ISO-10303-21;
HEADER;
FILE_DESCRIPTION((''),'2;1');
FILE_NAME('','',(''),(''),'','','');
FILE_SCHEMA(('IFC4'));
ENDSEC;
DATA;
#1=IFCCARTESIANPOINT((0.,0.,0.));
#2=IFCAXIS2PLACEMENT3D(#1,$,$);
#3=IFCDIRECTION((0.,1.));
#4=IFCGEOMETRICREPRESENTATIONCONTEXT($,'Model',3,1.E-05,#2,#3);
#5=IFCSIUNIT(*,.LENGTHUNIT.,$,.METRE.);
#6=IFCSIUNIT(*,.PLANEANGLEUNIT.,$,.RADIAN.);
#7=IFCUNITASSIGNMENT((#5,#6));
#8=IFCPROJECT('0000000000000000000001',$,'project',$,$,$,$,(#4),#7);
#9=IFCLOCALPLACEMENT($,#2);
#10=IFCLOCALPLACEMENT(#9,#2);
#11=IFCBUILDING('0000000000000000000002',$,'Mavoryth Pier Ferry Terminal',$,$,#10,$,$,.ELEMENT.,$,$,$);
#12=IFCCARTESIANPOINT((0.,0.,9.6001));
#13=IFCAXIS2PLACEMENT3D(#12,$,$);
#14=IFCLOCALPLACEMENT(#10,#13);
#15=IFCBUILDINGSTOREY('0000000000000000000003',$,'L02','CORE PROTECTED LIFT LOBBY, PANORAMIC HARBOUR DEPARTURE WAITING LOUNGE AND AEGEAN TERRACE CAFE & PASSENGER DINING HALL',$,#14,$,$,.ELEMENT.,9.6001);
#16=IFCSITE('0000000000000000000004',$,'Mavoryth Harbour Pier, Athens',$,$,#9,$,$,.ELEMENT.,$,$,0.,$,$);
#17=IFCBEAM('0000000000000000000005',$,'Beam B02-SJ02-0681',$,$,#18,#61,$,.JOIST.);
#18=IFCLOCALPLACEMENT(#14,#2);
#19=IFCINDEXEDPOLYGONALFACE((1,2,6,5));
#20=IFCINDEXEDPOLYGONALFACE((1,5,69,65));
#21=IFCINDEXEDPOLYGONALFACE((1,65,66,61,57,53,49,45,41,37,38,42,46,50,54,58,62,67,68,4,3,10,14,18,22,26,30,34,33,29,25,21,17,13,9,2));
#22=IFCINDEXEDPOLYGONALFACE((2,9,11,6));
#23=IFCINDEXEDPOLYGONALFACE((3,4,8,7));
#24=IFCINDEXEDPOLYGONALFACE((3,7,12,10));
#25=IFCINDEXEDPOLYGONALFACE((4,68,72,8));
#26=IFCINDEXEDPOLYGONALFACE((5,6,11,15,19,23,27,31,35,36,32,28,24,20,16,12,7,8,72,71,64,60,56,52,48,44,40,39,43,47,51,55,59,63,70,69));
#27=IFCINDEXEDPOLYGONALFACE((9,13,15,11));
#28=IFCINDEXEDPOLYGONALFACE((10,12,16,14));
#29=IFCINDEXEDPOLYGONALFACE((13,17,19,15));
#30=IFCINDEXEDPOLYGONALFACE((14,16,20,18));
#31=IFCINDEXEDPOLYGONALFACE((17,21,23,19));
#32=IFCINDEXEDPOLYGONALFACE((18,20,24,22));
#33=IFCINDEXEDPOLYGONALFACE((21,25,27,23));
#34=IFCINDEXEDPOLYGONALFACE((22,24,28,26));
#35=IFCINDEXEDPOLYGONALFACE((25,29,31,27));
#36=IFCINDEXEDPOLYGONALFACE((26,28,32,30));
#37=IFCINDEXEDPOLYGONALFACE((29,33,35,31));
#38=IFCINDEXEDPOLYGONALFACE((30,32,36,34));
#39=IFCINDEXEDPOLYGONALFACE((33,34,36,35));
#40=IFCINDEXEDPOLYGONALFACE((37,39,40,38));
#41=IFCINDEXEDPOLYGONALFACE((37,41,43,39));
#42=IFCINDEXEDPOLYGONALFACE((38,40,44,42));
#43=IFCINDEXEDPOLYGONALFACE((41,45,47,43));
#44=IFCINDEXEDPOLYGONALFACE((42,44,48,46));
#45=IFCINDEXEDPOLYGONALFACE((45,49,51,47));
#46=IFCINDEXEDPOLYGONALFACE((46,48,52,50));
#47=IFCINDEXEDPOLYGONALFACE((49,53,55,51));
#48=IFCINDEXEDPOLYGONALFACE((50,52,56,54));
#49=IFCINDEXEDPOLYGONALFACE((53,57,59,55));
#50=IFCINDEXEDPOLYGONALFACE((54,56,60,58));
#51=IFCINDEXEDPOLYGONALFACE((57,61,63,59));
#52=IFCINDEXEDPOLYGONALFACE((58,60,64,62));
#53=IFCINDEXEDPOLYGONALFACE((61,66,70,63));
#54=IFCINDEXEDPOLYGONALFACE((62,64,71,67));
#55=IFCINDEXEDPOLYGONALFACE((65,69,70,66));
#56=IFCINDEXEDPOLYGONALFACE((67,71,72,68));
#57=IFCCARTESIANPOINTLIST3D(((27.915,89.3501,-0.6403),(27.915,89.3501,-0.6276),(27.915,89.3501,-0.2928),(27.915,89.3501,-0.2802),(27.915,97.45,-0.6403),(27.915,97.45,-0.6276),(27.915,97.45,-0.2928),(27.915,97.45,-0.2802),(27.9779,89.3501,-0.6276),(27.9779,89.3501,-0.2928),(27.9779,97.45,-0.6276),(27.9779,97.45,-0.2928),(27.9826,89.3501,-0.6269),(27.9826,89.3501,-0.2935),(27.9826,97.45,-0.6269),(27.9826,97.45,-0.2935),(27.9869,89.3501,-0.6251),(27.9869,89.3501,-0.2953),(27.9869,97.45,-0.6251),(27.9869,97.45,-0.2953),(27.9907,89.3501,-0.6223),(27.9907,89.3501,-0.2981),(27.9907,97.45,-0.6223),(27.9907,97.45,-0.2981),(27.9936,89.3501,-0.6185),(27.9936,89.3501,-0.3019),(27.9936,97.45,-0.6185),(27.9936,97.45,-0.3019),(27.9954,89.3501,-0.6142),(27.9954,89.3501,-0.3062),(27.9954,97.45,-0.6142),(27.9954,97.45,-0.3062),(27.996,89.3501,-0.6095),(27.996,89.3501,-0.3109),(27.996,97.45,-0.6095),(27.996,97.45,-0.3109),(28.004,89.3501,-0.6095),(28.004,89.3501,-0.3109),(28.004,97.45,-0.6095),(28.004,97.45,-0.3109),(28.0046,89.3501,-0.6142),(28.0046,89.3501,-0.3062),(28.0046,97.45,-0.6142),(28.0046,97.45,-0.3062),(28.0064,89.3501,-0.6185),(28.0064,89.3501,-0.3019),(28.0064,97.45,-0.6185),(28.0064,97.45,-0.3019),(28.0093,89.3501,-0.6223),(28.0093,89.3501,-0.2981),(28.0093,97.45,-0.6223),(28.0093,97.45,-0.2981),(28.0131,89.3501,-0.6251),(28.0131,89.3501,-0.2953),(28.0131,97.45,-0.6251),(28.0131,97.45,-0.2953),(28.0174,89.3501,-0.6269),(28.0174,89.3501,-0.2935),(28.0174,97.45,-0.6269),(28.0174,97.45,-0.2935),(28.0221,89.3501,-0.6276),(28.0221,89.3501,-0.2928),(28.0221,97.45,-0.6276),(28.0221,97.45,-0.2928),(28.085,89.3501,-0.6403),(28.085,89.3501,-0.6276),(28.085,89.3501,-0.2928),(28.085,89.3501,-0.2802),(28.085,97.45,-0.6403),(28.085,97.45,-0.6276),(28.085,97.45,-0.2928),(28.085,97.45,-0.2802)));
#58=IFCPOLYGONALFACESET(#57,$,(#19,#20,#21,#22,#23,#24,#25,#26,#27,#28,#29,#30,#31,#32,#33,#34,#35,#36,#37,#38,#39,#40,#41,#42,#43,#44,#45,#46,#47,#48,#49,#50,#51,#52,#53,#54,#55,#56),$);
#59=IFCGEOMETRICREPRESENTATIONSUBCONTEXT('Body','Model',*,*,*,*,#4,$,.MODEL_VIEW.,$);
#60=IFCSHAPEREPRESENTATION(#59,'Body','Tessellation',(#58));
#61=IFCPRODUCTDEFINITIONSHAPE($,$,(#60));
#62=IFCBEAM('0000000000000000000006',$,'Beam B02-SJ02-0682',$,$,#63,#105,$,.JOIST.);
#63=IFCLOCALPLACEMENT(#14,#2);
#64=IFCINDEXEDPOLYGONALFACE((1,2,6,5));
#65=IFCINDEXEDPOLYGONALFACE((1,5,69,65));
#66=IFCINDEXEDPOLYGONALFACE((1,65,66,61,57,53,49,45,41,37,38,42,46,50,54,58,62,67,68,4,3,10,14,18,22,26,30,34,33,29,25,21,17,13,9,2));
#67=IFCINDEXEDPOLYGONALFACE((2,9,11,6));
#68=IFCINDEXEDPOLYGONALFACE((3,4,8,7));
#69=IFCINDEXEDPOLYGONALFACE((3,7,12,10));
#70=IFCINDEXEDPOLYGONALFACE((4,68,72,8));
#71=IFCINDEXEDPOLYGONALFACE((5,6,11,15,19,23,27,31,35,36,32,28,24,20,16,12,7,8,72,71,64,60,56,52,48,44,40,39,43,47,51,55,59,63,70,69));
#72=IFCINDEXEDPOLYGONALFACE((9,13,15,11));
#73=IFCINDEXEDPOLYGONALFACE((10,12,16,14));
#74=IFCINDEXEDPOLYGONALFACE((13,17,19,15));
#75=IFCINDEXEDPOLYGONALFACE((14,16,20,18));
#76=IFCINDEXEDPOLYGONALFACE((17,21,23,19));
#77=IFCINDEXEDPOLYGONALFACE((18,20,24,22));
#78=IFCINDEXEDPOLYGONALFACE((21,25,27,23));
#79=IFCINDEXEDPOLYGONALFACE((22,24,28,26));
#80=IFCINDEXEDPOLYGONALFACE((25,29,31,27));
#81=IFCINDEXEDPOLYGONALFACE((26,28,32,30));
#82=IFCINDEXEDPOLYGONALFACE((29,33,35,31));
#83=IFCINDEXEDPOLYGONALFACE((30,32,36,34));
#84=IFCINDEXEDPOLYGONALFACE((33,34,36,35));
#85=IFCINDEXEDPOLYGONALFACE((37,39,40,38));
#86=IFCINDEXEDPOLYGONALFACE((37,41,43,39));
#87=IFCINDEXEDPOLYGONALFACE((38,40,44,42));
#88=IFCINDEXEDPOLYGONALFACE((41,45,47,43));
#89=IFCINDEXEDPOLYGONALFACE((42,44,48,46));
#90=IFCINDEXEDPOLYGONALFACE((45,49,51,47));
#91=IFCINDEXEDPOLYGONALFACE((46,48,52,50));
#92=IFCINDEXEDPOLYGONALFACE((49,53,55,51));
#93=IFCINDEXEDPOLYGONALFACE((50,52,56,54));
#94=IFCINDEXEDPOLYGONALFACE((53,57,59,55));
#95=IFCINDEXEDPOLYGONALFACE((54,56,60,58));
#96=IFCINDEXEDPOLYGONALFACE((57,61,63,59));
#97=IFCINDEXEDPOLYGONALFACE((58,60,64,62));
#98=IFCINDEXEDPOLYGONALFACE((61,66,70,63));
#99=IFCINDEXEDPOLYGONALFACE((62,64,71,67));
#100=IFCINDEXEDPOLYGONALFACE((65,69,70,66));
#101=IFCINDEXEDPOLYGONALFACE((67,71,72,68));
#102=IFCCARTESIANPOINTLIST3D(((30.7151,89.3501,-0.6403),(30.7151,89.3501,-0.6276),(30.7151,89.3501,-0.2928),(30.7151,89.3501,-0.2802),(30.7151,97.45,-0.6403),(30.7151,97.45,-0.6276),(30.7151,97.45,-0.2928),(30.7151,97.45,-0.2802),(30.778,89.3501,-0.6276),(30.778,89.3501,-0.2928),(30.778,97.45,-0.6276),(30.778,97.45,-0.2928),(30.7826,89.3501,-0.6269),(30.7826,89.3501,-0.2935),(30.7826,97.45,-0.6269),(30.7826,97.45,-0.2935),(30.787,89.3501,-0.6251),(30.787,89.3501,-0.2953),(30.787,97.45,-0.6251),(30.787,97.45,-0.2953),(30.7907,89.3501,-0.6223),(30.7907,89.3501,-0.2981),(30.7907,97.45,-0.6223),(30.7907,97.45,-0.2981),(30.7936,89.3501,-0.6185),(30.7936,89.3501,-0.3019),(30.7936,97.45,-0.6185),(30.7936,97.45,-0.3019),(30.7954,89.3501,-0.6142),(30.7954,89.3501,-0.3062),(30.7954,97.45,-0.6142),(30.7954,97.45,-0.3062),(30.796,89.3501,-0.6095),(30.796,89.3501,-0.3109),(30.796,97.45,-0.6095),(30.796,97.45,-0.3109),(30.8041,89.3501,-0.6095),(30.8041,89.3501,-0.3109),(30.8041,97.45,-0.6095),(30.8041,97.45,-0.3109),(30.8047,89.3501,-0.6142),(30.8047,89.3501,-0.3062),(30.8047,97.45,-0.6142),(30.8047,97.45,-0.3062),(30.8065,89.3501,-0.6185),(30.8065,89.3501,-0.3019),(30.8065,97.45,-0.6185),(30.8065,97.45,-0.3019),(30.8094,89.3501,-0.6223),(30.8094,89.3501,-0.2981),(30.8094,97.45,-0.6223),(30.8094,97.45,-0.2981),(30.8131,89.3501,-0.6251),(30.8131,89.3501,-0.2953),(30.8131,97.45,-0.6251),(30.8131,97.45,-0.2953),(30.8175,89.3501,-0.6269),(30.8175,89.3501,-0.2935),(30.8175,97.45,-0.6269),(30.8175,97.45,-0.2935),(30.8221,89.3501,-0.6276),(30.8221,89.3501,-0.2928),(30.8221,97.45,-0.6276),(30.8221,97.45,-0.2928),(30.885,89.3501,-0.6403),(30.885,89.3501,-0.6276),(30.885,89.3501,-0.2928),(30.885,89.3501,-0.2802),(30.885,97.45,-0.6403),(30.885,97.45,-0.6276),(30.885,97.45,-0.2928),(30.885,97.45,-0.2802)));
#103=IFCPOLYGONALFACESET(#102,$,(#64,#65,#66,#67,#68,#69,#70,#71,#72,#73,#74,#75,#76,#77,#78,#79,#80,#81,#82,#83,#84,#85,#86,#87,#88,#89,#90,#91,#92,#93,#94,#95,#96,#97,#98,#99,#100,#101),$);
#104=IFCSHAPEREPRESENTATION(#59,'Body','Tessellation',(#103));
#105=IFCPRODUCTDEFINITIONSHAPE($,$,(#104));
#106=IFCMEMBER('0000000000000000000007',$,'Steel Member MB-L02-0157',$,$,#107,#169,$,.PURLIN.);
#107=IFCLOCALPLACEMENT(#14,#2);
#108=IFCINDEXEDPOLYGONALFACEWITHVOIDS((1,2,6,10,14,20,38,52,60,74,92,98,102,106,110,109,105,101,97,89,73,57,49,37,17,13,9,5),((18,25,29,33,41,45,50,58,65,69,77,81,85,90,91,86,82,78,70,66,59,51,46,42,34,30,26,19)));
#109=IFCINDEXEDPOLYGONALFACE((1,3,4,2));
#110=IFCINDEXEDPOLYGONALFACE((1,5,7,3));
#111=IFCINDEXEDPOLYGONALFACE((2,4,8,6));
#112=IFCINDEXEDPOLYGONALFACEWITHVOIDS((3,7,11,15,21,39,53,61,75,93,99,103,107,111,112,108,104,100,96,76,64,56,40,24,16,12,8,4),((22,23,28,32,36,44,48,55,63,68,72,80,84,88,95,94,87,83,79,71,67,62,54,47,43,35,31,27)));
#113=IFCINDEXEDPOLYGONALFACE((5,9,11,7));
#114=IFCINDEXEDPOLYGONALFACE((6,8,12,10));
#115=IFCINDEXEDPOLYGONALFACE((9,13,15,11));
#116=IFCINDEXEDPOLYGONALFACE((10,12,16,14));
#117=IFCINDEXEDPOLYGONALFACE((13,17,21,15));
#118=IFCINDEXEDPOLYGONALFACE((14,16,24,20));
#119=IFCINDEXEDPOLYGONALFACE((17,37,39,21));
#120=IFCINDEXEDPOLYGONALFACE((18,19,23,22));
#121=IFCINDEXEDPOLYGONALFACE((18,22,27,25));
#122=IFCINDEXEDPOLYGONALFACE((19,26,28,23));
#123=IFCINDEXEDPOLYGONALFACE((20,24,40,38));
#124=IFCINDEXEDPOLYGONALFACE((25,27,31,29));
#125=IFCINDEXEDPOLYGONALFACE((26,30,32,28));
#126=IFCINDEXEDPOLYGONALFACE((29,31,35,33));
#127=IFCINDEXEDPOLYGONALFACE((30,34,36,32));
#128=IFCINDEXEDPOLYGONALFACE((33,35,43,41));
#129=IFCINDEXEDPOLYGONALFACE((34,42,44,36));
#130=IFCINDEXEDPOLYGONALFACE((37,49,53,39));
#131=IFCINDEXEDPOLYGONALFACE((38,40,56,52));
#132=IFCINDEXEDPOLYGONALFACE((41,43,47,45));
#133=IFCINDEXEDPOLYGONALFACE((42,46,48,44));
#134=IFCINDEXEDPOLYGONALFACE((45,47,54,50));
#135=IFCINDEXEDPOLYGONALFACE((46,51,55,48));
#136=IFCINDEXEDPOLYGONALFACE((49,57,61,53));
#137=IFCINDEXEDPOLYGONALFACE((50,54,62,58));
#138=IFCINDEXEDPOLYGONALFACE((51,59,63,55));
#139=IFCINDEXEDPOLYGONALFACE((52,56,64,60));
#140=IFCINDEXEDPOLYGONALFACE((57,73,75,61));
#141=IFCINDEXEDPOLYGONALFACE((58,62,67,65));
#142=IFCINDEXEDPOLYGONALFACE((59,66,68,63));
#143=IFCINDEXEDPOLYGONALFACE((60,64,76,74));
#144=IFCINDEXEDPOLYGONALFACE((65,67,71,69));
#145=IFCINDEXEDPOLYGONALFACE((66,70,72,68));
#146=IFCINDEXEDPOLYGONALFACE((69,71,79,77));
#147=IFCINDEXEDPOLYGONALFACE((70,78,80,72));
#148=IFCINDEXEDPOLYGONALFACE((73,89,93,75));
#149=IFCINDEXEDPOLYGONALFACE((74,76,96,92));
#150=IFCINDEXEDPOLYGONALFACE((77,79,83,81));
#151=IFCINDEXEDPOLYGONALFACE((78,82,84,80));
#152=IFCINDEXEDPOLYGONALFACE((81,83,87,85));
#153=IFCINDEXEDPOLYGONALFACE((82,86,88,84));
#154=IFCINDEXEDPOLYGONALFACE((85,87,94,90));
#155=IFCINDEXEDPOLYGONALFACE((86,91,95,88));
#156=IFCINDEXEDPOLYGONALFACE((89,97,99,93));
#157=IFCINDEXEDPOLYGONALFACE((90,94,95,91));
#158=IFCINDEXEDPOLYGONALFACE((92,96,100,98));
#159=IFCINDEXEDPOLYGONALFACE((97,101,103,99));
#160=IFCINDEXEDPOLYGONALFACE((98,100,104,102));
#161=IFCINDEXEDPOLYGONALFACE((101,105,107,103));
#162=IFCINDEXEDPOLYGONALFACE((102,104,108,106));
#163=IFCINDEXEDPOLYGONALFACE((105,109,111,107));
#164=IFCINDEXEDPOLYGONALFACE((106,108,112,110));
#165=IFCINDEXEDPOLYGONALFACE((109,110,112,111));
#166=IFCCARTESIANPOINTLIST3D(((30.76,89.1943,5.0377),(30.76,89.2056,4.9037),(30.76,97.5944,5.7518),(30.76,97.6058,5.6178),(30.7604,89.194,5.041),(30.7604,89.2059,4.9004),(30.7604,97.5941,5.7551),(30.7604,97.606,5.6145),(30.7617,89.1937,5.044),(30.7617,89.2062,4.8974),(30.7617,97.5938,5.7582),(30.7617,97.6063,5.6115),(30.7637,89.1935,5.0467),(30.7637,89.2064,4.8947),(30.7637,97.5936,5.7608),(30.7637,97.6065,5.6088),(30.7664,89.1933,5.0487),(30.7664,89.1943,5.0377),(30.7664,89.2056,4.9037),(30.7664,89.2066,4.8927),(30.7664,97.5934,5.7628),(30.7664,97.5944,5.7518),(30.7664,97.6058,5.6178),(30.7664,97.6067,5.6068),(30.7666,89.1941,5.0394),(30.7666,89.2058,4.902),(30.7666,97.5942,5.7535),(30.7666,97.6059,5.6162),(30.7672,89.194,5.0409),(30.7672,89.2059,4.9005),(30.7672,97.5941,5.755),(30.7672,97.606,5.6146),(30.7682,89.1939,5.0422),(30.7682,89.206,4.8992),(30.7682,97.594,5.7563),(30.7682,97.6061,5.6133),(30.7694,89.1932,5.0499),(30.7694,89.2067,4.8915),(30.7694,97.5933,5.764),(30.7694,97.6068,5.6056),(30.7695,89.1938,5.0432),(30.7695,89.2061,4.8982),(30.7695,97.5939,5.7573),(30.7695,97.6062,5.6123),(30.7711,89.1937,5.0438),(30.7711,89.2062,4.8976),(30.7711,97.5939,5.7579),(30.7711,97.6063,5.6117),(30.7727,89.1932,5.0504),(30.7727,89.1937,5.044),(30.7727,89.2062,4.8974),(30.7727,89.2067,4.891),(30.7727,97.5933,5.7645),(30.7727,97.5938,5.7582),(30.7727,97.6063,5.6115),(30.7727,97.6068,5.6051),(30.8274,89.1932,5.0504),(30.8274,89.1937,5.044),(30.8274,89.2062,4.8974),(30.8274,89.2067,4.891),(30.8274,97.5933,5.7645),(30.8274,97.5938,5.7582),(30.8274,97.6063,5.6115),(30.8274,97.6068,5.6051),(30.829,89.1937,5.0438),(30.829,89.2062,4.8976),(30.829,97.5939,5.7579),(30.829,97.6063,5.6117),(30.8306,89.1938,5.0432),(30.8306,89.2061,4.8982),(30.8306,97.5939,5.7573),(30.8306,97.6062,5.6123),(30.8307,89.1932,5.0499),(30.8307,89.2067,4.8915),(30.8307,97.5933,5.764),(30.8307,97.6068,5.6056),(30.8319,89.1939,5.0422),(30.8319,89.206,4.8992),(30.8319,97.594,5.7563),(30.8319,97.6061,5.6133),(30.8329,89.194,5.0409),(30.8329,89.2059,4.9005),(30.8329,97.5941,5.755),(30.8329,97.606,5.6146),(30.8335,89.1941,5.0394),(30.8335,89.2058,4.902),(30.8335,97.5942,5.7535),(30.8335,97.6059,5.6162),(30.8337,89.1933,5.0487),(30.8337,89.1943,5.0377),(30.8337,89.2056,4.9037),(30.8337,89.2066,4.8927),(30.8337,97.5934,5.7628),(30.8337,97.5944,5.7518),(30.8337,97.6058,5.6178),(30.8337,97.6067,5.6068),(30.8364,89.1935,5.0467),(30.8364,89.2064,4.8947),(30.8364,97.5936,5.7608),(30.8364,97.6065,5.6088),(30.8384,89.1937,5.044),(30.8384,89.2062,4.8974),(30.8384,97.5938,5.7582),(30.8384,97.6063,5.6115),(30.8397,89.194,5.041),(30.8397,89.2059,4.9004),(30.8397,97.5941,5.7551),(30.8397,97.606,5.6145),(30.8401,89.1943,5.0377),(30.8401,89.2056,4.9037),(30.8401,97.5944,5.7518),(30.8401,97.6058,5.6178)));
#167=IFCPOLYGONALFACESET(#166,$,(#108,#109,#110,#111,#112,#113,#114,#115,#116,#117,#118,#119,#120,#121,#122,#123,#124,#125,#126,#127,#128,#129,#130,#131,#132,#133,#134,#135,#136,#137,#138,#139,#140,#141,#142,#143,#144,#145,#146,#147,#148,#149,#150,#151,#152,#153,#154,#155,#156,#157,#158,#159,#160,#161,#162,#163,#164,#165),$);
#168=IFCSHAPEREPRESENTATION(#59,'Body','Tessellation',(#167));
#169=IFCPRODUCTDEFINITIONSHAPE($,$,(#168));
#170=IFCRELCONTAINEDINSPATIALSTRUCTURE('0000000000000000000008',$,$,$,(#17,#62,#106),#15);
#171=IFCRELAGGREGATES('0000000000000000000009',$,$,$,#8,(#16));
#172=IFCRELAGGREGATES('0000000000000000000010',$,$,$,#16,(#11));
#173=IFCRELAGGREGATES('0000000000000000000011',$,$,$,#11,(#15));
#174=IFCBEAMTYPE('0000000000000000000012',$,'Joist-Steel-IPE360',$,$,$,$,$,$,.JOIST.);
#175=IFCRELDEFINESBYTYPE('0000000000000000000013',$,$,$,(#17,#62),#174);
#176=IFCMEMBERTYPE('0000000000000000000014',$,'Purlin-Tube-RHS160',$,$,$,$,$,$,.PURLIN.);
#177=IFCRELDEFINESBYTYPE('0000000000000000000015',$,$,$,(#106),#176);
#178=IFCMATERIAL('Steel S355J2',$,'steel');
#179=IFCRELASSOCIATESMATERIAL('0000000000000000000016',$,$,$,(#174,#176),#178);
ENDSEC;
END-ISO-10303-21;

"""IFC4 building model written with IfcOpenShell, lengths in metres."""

from ifc_helpers import new_model, si_unit, direction, frame, origin, origin_2d, place, context, subcontext, project, spatial, hollow_rectangle, i_section, extrude, material, material_profile, profile_set, type_object, element, save


model = new_model("IFC4")

# Units and contexts
model_context = context("Model", 3, precision=1e-05, world=origin(), true_north=direction((0.0, 1.0)))
body_context = subcontext(model_context, "Body", "Model", "MODEL_VIEW")
ifc_project = project(units=[si_unit("LENGTHUNIT", "METRE"), si_unit("PLANEANGLEUNIT", "RADIAN")], contexts=[model_context])

# Site, building, storey
site_placement = place(None, origin())
site = spatial("IfcSite", under=ifc_project, at=site_placement, Name="Mavoryth Harbour Pier, Athens", CompositionType="ELEMENT", RefElevation=0.0)
building_placement = place(site_placement, origin())
building = spatial("IfcBuilding", under=site, at=building_placement, Name="Mavoryth Pier Ferry Terminal", CompositionType="ELEMENT")
storey_placement = place(building_placement, frame((0.0, 0.0, 9.6001)))
storey = spatial("IfcBuildingStorey", under=building, at=storey_placement, Name="L02", Description="CORE PROTECTED LIFT LOBBY, PANORAMIC HARBOUR DEPARTURE WAITING LOUNGE AND AEGEAN TERRACE CAFE & PASSENGER DINING HALL", CompositionType="ELEMENT", Elevation=9.6001)

# Shared definitions
ifc_material_1 = material(Name="Steel S355J2", Category="steel")

# Beams
ifc_material_profile_1 = material_profile(ifc_material_1, i_section(OverallWidth=0.1699, OverallDepth=0.3601, WebThickness=0.0081, FlangeThickness=0.0127, FilletRadius=0.0181, at=origin_2d()), Name="IPE 360", Category="steel")
ifc_profile_set_1 = profile_set([ifc_material_profile_1], Name="Steel S355J2 - IPE 360")
beam_type_1 = type_object("IfcBeamType", Name="Joist-Steel-IPE360", PredefinedType="JOIST", material=ifc_profile_set_1)
for number, where, z_axis, x_axis, name in (
    (1, (28.0, 89.3501, -0.4602), (0.0, 1.0, 0.0), (-1.0, 0.0, 0.0), "Beam B02-SJ02-0681"),
    (2, (30.8, 89.3501, -0.4602), (0.0, 1.0, 0.0), (-1.0, 0.0, 0.0), "Beam B02-SJ02-0682"),
):
    element("IfcBeam", number, at=place(storey_placement, frame(where, z_axis=z_axis, x_axis=x_axis)), inside=storey, type_object=beam_type_1, Name=name, PredefinedType="JOIST", context=body_context, shape_type="SweptSolid", body=[
        extrude(i_section(OverallWidth=0.1699, OverallDepth=0.3601, WebThickness=0.0081, FlangeThickness=0.0127, FilletRadius=0.0181, at=origin_2d()), origin(), (0.0, 0.0, 1.0), 8.0999),
    ])

# Member
ifc_material_profile_2 = material_profile(ifc_material_1, hollow_rectangle(XDim=0.0801, YDim=0.1599, WallThickness=0.0063, InnerFilletRadius=0.0063, OuterFilletRadius=0.0127, at=origin_2d()), Name="RHS 160x80x6.3", Category="steel")
ifc_profile_set_2 = profile_set([ifc_material_profile_2], Name="Steel S355J2 - RHS 160x80x6.3")
member_type_1 = type_object("IfcMemberType", Name="Purlin-Tube-RHS160", PredefinedType="PURLIN", material=ifc_profile_set_2)
member_1_placement = place(storey_placement, frame((30.8, 89.2, 4.9707), z_axis=(0.0, 0.996406, 0.084706), x_axis=(-1.0, 0.0, 0.0)))
element("IfcMember", 3, at=member_1_placement, inside=storey, type_object=member_type_1, Name="Steel Member MB-L02-0157", PredefinedType="PURLIN", context=body_context, shape_type="SweptSolid", body=[
    extrude(hollow_rectangle(XDim=0.0801, YDim=0.1599, WallThickness=0.0063, InnerFilletRadius=0.0063, OuterFilletRadius=0.0127, at=origin_2d()), origin(), (0.0, 0.0, 1.0), 8.4304),
])

save(model, "model.ifc")
